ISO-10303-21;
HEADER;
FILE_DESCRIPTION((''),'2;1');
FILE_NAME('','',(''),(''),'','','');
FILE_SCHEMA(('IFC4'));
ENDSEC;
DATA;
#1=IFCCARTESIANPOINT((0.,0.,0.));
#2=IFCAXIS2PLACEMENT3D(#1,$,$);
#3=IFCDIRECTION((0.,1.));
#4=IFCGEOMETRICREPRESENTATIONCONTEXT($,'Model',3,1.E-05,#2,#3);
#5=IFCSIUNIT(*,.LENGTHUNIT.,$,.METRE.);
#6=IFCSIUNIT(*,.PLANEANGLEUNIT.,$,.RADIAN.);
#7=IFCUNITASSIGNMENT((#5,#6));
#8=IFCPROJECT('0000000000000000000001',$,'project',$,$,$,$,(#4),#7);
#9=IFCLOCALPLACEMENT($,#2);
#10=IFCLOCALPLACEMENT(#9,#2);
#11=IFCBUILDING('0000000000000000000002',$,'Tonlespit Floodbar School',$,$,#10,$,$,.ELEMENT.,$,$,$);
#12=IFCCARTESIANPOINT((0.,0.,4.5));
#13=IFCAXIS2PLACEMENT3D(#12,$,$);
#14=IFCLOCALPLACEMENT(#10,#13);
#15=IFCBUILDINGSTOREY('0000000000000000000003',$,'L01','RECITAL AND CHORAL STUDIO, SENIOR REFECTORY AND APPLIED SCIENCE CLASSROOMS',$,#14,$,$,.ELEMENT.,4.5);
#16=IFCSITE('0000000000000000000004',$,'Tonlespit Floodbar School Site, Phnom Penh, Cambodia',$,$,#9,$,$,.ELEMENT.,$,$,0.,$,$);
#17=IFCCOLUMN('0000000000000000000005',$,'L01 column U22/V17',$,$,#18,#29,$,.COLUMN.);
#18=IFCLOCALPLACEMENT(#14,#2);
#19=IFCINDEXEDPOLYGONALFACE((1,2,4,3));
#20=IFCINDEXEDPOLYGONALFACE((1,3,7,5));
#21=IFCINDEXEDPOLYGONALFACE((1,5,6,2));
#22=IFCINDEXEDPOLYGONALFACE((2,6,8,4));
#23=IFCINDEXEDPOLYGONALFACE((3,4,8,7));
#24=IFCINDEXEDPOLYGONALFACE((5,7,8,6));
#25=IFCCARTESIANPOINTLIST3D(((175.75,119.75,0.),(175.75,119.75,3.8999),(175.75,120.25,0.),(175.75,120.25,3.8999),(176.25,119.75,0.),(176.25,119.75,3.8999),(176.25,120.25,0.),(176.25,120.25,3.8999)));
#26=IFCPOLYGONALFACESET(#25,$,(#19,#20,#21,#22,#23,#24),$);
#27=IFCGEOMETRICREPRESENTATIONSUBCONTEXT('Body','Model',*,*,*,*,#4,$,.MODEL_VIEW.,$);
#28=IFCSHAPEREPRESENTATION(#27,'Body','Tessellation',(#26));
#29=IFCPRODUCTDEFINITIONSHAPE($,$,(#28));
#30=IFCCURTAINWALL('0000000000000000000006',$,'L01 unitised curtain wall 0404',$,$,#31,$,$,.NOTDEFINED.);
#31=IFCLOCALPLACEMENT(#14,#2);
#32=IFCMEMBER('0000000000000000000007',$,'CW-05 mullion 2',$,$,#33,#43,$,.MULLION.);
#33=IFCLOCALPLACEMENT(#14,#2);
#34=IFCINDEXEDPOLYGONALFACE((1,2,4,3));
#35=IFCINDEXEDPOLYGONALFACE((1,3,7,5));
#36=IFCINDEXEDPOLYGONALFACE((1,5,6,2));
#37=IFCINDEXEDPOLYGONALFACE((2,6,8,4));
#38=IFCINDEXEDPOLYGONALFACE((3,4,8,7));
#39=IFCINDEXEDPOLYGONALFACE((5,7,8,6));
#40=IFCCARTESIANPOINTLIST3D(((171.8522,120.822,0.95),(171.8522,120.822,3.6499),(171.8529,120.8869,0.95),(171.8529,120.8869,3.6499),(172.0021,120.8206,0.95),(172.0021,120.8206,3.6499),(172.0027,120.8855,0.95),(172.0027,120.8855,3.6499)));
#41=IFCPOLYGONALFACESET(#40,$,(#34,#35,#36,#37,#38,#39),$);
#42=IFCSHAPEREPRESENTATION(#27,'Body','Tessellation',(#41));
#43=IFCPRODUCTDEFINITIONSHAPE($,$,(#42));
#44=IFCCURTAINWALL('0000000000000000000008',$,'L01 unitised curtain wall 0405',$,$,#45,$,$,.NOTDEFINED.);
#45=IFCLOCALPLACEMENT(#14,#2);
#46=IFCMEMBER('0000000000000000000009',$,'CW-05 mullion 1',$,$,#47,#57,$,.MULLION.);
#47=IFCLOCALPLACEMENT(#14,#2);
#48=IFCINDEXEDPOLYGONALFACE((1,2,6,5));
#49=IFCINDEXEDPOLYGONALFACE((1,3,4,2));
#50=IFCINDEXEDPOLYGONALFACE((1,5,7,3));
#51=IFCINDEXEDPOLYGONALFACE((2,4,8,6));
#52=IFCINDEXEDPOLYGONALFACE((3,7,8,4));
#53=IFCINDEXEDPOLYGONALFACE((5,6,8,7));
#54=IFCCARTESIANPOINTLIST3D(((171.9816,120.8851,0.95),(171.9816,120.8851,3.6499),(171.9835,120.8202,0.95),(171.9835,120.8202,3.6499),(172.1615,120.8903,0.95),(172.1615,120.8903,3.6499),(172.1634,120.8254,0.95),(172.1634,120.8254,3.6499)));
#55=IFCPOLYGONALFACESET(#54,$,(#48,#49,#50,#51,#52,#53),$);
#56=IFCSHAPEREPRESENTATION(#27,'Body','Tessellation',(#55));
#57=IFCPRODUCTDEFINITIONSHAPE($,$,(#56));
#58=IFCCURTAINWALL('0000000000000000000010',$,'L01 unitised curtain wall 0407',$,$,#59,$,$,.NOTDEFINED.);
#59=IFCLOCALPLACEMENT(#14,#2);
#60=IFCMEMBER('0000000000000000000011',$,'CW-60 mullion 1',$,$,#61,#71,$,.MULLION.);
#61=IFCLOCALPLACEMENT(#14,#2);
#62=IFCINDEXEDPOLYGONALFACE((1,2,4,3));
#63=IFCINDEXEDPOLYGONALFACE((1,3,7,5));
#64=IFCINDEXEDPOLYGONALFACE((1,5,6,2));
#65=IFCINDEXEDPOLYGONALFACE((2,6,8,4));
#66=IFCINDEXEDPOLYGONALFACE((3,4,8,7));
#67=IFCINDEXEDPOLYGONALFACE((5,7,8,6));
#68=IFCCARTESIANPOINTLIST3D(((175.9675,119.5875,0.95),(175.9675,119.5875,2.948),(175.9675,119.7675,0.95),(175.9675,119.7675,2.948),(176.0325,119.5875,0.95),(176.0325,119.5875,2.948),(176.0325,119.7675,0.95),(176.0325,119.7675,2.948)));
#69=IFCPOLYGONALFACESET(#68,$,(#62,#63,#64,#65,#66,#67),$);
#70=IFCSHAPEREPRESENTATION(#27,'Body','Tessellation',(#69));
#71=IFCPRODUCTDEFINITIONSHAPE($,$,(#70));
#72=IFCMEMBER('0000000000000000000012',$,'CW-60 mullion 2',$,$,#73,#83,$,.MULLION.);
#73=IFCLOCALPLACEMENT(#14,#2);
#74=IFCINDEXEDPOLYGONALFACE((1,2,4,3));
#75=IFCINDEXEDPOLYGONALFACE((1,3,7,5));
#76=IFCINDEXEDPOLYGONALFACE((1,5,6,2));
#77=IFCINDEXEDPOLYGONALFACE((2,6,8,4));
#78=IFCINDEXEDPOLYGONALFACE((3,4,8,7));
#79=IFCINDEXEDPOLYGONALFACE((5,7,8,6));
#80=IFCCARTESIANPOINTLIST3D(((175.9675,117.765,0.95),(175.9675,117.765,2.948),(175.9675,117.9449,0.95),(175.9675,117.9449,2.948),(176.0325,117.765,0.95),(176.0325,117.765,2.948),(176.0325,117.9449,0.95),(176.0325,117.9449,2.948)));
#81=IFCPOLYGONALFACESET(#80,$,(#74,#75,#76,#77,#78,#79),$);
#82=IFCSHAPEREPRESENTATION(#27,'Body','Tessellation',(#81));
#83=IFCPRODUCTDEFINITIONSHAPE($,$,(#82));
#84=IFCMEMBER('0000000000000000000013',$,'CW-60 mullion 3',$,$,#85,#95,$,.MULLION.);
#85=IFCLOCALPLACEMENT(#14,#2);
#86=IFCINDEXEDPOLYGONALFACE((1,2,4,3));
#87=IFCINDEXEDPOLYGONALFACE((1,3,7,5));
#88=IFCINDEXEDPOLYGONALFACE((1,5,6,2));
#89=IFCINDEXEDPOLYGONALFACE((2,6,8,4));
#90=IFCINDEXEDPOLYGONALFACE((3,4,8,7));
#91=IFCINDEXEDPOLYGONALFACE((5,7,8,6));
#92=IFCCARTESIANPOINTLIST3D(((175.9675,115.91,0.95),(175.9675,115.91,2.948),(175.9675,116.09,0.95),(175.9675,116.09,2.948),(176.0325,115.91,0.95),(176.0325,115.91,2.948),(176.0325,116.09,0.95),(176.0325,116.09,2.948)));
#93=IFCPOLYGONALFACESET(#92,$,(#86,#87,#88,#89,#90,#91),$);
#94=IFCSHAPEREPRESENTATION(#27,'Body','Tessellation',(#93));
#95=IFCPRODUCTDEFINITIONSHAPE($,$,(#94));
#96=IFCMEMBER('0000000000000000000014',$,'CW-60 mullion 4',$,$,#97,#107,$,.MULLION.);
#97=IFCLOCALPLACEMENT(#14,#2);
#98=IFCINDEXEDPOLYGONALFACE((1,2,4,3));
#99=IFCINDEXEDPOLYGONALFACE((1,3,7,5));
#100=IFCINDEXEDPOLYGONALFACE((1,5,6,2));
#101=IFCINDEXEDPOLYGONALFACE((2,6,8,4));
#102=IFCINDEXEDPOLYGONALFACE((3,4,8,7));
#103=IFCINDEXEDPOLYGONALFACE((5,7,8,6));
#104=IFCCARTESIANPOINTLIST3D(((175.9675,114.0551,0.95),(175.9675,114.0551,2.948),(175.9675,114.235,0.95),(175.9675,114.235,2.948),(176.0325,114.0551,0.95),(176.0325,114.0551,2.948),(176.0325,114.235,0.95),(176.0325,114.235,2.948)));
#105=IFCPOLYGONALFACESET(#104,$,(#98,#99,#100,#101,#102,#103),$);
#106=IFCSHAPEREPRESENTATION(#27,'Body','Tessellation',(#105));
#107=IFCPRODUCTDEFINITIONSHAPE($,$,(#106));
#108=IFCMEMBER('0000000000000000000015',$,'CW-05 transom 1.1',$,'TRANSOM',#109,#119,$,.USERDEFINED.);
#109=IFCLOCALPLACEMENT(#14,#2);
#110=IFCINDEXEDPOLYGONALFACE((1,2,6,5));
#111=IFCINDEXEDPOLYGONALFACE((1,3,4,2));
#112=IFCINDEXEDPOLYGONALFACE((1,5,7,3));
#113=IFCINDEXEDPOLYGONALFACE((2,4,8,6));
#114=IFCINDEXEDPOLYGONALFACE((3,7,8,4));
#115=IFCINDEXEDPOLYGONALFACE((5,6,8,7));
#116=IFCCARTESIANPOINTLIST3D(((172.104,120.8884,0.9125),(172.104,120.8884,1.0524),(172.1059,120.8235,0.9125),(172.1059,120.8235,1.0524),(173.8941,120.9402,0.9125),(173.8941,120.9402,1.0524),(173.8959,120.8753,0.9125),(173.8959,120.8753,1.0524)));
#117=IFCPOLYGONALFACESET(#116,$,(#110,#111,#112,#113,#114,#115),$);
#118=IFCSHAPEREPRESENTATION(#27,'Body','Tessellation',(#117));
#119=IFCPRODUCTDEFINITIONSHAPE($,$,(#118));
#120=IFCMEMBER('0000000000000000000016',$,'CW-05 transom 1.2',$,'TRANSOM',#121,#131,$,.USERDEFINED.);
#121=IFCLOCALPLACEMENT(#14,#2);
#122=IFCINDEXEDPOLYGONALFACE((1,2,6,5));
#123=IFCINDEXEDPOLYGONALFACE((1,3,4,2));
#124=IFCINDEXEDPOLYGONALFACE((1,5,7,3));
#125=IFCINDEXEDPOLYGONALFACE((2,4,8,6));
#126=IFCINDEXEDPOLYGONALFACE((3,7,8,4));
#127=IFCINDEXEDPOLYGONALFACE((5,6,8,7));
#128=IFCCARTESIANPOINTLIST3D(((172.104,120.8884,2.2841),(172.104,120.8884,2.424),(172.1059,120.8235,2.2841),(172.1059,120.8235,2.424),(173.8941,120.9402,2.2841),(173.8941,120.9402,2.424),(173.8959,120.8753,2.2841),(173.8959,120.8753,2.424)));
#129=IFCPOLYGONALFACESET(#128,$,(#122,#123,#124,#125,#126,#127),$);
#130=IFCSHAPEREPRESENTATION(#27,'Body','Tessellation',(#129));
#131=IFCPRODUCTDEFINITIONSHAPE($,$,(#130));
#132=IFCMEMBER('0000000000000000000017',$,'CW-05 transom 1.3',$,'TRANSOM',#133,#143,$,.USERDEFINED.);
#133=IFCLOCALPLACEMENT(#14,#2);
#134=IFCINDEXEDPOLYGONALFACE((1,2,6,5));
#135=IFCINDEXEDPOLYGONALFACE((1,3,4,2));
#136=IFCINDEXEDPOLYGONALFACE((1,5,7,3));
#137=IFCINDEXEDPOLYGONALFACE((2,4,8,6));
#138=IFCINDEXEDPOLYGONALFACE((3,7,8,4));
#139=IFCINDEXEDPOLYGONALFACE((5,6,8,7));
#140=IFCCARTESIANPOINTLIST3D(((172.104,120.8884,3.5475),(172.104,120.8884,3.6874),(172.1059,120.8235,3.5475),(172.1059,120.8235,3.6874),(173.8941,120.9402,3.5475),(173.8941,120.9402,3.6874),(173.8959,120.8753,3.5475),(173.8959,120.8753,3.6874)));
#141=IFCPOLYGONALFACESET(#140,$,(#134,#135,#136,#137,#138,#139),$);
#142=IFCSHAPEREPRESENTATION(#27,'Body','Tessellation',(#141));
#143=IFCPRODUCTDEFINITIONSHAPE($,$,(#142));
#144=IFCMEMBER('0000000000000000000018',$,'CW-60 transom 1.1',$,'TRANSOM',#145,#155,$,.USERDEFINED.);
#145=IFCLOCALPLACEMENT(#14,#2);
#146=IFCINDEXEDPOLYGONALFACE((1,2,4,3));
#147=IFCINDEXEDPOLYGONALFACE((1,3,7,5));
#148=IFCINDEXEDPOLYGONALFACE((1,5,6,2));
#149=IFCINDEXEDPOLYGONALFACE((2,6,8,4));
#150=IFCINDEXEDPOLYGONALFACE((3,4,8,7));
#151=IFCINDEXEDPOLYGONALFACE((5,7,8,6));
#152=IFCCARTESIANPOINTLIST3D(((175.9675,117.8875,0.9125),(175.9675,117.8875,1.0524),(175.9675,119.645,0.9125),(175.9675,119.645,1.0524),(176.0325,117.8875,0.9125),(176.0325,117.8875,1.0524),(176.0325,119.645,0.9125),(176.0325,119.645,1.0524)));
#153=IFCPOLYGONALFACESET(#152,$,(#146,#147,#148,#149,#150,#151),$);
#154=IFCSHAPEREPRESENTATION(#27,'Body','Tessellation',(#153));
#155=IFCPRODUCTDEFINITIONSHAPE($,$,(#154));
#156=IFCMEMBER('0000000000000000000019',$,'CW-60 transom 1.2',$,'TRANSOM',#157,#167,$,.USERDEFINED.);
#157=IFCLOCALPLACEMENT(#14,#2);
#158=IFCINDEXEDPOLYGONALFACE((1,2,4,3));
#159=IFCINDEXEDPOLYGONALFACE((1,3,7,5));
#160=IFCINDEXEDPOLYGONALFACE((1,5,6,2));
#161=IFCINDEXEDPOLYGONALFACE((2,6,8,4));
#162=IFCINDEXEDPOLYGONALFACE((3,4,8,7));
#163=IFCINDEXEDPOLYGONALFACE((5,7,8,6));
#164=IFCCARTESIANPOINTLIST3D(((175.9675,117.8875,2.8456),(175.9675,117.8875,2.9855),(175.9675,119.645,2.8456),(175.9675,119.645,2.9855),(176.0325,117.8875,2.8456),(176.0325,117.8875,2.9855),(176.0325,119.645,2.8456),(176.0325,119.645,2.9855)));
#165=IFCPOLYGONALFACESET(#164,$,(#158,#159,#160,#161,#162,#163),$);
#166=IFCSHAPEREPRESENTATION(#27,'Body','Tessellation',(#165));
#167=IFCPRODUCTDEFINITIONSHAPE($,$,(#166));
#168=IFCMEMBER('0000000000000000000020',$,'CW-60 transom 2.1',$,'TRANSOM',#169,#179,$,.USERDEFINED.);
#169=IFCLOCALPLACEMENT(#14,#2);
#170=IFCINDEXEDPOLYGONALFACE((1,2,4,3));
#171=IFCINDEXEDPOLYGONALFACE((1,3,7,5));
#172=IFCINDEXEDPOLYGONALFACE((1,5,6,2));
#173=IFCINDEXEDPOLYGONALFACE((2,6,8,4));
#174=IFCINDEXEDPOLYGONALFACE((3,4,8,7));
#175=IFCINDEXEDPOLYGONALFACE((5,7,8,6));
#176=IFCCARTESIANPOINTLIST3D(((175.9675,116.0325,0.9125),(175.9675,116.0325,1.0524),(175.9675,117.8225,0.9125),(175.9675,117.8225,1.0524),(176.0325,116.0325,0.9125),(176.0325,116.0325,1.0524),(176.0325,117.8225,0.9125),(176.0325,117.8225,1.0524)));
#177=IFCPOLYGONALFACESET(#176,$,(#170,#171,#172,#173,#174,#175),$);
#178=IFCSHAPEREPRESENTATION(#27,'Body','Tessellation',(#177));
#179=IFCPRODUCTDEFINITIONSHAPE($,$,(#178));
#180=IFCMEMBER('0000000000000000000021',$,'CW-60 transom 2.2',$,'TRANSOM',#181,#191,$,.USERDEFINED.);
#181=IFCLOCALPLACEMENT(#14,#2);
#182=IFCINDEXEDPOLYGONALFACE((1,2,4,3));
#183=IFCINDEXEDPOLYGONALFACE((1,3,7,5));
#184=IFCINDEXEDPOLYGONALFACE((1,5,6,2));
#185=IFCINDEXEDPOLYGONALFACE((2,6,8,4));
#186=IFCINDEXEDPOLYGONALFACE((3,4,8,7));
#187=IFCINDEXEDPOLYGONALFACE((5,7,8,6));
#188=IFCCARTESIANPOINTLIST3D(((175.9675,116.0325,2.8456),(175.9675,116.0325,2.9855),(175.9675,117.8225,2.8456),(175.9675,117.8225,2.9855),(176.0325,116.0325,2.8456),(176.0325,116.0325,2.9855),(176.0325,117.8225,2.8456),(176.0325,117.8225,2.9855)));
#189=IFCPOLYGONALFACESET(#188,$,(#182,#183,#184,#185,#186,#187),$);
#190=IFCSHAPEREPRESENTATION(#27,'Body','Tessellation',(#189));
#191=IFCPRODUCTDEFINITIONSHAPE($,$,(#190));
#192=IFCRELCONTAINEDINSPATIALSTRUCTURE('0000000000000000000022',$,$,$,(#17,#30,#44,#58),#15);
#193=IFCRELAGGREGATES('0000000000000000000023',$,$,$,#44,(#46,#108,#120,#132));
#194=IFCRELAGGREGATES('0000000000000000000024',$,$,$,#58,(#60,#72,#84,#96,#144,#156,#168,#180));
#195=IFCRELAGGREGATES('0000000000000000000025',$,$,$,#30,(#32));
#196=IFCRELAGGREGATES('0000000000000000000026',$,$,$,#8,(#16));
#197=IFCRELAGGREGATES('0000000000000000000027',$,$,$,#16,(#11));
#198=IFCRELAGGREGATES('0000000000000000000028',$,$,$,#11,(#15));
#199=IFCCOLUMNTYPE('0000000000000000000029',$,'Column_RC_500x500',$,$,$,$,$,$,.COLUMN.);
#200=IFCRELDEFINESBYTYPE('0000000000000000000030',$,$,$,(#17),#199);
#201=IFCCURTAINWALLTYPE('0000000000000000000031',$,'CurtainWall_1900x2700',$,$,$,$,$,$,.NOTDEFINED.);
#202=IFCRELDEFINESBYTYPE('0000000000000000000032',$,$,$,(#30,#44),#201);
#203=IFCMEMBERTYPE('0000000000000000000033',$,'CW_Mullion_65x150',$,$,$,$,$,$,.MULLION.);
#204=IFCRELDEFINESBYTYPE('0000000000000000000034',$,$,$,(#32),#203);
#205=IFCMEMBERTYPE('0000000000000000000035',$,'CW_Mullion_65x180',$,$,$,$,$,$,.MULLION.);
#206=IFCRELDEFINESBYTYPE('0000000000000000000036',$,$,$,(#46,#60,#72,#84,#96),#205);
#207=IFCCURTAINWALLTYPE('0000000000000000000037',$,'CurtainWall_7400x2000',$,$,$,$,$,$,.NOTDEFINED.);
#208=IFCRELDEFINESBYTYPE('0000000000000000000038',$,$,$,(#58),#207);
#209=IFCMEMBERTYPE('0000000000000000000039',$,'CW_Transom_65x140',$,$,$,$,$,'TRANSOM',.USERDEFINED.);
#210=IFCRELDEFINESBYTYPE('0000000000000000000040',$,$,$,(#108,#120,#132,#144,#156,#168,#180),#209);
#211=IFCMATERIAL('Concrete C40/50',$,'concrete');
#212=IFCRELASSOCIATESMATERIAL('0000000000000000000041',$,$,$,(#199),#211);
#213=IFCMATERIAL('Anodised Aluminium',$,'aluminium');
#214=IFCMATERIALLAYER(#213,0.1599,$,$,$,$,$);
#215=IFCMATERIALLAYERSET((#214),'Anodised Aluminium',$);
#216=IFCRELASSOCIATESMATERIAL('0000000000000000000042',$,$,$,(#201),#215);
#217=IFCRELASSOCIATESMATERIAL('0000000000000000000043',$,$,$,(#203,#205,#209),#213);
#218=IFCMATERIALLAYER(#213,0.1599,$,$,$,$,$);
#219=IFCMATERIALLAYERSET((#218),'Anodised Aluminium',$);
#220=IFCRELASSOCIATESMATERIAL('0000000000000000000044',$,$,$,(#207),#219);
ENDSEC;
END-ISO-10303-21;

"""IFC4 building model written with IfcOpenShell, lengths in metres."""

from ifc_helpers import new_model, si_unit, direction, frame, origin, origin_2d, place, context, subcontext, project, spatial, rectangle, extrude, material, layer, layer_set, material_profile, profile_set, type_object, element, aggregate, save


model = new_model("IFC4")

# Units and contexts
model_context = context("Model", 3, precision=1e-05, world=origin(), true_north=direction((0.0, 1.0)))
body_context = subcontext(model_context, "Body", "Model", "MODEL_VIEW")
ifc_project = project(units=[si_unit("LENGTHUNIT", "METRE"), si_unit("PLANEANGLEUNIT", "RADIAN")], contexts=[model_context])

# Site, building, storey
site_placement = place(None, origin())
site = spatial("IfcSite", under=ifc_project, at=site_placement, Name="Tonlespit Floodbar School Site, Phnom Penh, Cambodia", CompositionType="ELEMENT", RefElevation=0.0)
building_placement = place(site_placement, origin())
building = spatial("IfcBuilding", under=site, at=building_placement, Name="Tonlespit Floodbar School", CompositionType="ELEMENT")
storey_placement = place(building_placement, frame((0.0, 0.0, 4.5)))
storey = spatial("IfcBuildingStorey", under=building, at=storey_placement, Name="L01", Description="RECITAL AND CHORAL STUDIO, SENIOR REFECTORY AND APPLIED SCIENCE CLASSROOMS", CompositionType="ELEMENT", Elevation=4.5)

# Column
ifc_material_1 = material(Name="Concrete C40/50", Category="concrete")
ifc_material_profile_1 = material_profile(ifc_material_1, rectangle(XDim=0.5, YDim=0.5, at=origin_2d()), Name="RC 500x500")
ifc_profile_set_1 = profile_set([ifc_material_profile_1], Name="Concrete C40/50")
column_type = type_object("IfcColumnType", Name="Column_RC_500x500", PredefinedType="COLUMN", material=ifc_profile_set_1)
column_placement = place(storey_placement, frame((176.0, 120.0, 0.0), z_axis=(0.0, 0.0, 1.0), x_axis=(1.0, 0.0, 0.0)))
element("IfcColumn", 1, at=column_placement, inside=storey, type_object=column_type, Name="L01 column U22/V17", PredefinedType="COLUMN", context=body_context, shape_type="SweptSolid", body=[
    extrude(rectangle(XDim=0.5, YDim=0.5, at=origin_2d()), origin(), (0.0, 0.0, 1.0), 3.8999),
])

# Curtain walls, members
ifc_material_2 = material(Name="Anodised Aluminium", Category="aluminium")
ifc_layer_1 = layer(ifc_material_2, 0.1599)
ifc_layer_set_1 = layer_set([ifc_layer_1], Name="Anodised Aluminium")
curtain_wall_type_1 = type_object("IfcCurtainWallType", Name="CurtainWall_1900x2700", PredefinedType="NOTDEFINED", material=ifc_layer_set_1)
curtain_wall_1_placement = place(storey_placement, origin())
curtain_wall_1 = element("IfcCurtainWall", 2, at=curtain_wall_1_placement, inside=storey, type_object=curtain_wall_type_1, Name="L01 unitised curtain wall 0404", PredefinedType="NOTDEFINED")
ifc_material_profile_2 = material_profile(ifc_material_2, rectangle(XDim=0.0649, YDim=0.1499, at=origin_2d()), Name="ALU M65x150")
ifc_profile_set_2 = profile_set([ifc_material_profile_2], Name="Anodised Aluminium")
member_type_1 = type_object("IfcMemberType", Name="CW_Mullion_65x150", PredefinedType="MULLION", material=ifc_profile_set_2)
member_1_placement = place(storey_placement, frame((171.9275, 120.8538, 0.95), z_axis=(0.0, 0.0, 1.0), x_axis=(0.009583, 0.999954, 0.0)))
member_1 = element("IfcMember", 3, at=member_1_placement, type_object=member_type_1, Name="CW-05 mullion 2", PredefinedType="MULLION", context=body_context, shape_type="SweptSolid", body=[
    extrude(rectangle(XDim=0.0649, YDim=0.1499, at=origin_2d()), origin(), (0.0, 0.0, 1.0), 2.7),
])
curtain_wall_2_placement = place(storey_placement, origin())
curtain_wall_2 = element("IfcCurtainWall", 4, at=curtain_wall_2_placement, inside=storey, type_object=curtain_wall_type_1, Name="L01 unitised curtain wall 0405", PredefinedType="NOTDEFINED")
ifc_material_profile_3 = material_profile(ifc_material_2, rectangle(XDim=0.0649, YDim=0.1799, at=origin_2d()), Name="ALU M65x180")
ifc_profile_set_3 = profile_set([ifc_material_profile_3], Name="Anodised Aluminium")
member_type_2 = type_object("IfcMemberType", Name="CW_Mullion_65x180", PredefinedType="MULLION", material=ifc_profile_set_3)
member_2_placement = place(storey_placement, frame((172.0725, 120.8552, 0.95), z_axis=(0.0, 0.0, 1.0), x_axis=(-0.02879, 0.999585, 0.0)))
member_2 = element("IfcMember", 5, at=member_2_placement, type_object=member_type_2, Name="CW-05 mullion 1", PredefinedType="MULLION", context=body_context, shape_type="SweptSolid", body=[
    extrude(rectangle(XDim=0.0649, YDim=0.1799, at=origin_2d()), origin(), (0.0, 0.0, 1.0), 2.7),
])

# Curtain wall, members
ifc_layer_2 = layer(ifc_material_2, 0.1599)
ifc_layer_set_2 = layer_set([ifc_layer_2], Name="Anodised Aluminium")
curtain_wall_type_2 = type_object("IfcCurtainWallType", Name="CurtainWall_7400x2000", PredefinedType="NOTDEFINED", material=ifc_layer_set_2)
curtain_wall_3_placement = place(storey_placement, origin())
curtain_wall_3 = element("IfcCurtainWall", 6, at=curtain_wall_3_placement, inside=storey, type_object=curtain_wall_type_2, Name="L01 unitised curtain wall 0407", PredefinedType="NOTDEFINED")
member_3_placement = place(storey_placement, frame((176.0, 119.6775, 0.95), z_axis=(0.0, 0.0, 1.0), x_axis=(1.0, 0.0, 0.0)))
member_3 = element("IfcMember", 7, at=member_3_placement, type_object=member_type_2, Name="CW-60 mullion 1", PredefinedType="MULLION", context=body_context, shape_type="SweptSolid", body=[
    extrude(rectangle(XDim=0.0649, YDim=0.1799, at=origin_2d()), origin(), (0.0, 0.0, 1.0), 1.998),
])
member_4_placement = place(storey_placement, frame((176.0, 117.855, 0.95), z_axis=(0.0, 0.0, 1.0), x_axis=(1.0, 0.0, 0.0)))
member_4 = element("IfcMember", 8, at=member_4_placement, type_object=member_type_2, Name="CW-60 mullion 2", PredefinedType="MULLION", context=body_context, shape_type="SweptSolid", body=[
    extrude(rectangle(XDim=0.0649, YDim=0.1799, at=origin_2d()), origin(), (0.0, 0.0, 1.0), 1.998),
])
member_5_placement = place(storey_placement, frame((176.0, 116.0, 0.95), z_axis=(0.0, 0.0, 1.0), x_axis=(1.0, 0.0, 0.0)))
member_5 = element("IfcMember", 9, at=member_5_placement, type_object=member_type_2, Name="CW-60 mullion 3", PredefinedType="MULLION", context=body_context, shape_type="SweptSolid", body=[
    extrude(rectangle(XDim=0.0649, YDim=0.1799, at=origin_2d()), origin(), (0.0, 0.0, 1.0), 1.998),
])
member_6_placement = place(storey_placement, frame((176.0, 114.145, 0.95), z_axis=(0.0, 0.0, 1.0), x_axis=(1.0, 0.0, 0.0)))
member_6 = element("IfcMember", 10, at=member_6_placement, type_object=member_type_2, Name="CW-60 mullion 4", PredefinedType="MULLION", context=body_context, shape_type="SweptSolid", body=[
    extrude(rectangle(XDim=0.0649, YDim=0.1799, at=origin_2d()), origin(), (0.0, 0.0, 1.0), 1.998),
])

# Members
ifc_material_profile_4 = material_profile(ifc_material_2, rectangle(XDim=0.0649, YDim=0.1399, at=origin_2d()), Name="ALU T65x140")
ifc_profile_set_4 = profile_set([ifc_material_profile_4], Name="Anodised Aluminium")
member_type_3 = type_object("IfcMemberType", Name="CW_Transom_65x140", ElementType="TRANSOM", PredefinedType="USERDEFINED", material=ifc_profile_set_4)
member_7_placement = place(storey_placement, frame((172.105, 120.856, 0.9824), z_axis=(0.999582, 0.028902, 0.0), x_axis=(-0.028902, 0.999582, 0.0)))
member_7 = element("IfcMember", 11, at=member_7_placement, type_object=member_type_3, Name="CW-05 transom 1.1", ObjectType="TRANSOM", PredefinedType="USERDEFINED", context=body_context, shape_type="SweptSolid", body=[
    extrude(rectangle(XDim=0.0649, YDim=0.1399, at=origin_2d()), origin(), (0.0, 0.0, 1.0), 1.7908),
])
member_8_placement = place(storey_placement, frame((172.105, 120.856, 2.354), z_axis=(0.999582, 0.028902, 0.0), x_axis=(-0.028902, 0.999582, 0.0)))
member_8 = element("IfcMember", 12, at=member_8_placement, type_object=member_type_3, Name="CW-05 transom 1.2", ObjectType="TRANSOM", PredefinedType="USERDEFINED", context=body_context, shape_type="SweptSolid", body=[
    extrude(rectangle(XDim=0.0649, YDim=0.1399, at=origin_2d()), origin(), (0.0, 0.0, 1.0), 1.7908),
])
member_9_placement = place(storey_placement, frame((172.105, 120.856, 3.6174), z_axis=(0.999582, 0.028902, 0.0), x_axis=(-0.028902, 0.999582, 0.0)))
member_9 = element("IfcMember", 13, at=member_9_placement, type_object=member_type_3, Name="CW-05 transom 1.3", ObjectType="TRANSOM", PredefinedType="USERDEFINED", context=body_context, shape_type="SweptSolid", body=[
    extrude(rectangle(XDim=0.0649, YDim=0.1399, at=origin_2d()), origin(), (0.0, 0.0, 1.0), 1.7908),
])
member_10_placement = place(storey_placement, frame((176.0, 119.645, 0.9824), z_axis=(0.0, -1.0, 0.0), x_axis=(1.0, 0.0, 0.0)))
member_10 = element("IfcMember", 14, at=member_10_placement, type_object=member_type_3, Name="CW-60 transom 1.1", ObjectType="TRANSOM", PredefinedType="USERDEFINED", context=body_context, shape_type="SweptSolid", body=[
    extrude(rectangle(XDim=0.0649, YDim=0.1399, at=origin_2d()), origin(), (0.0, 0.0, 1.0), 1.7576),
])
member_11_placement = place(storey_placement, frame((176.0, 119.645, 2.9155), z_axis=(0.0, -1.0, 0.0), x_axis=(1.0, 0.0, 0.0)))
member_11 = element("IfcMember", 15, at=member_11_placement, type_object=member_type_3, Name="CW-60 transom 1.2", ObjectType="TRANSOM", PredefinedType="USERDEFINED", context=body_context, shape_type="SweptSolid", body=[
    extrude(rectangle(XDim=0.0649, YDim=0.1399, at=origin_2d()), origin(), (0.0, 0.0, 1.0), 1.7576),
])
member_12_placement = place(storey_placement, frame((176.0, 117.8225, 0.9824), z_axis=(0.0, -1.0, 0.0), x_axis=(1.0, 0.0, 0.0)))
member_12 = element("IfcMember", 16, at=member_12_placement, type_object=member_type_3, Name="CW-60 transom 2.1", ObjectType="TRANSOM", PredefinedType="USERDEFINED", context=body_context, shape_type="SweptSolid", body=[
    extrude(rectangle(XDim=0.0649, YDim=0.1399, at=origin_2d()), origin(), (0.0, 0.0, 1.0), 1.79),
])
member_13_placement = place(storey_placement, frame((176.0, 117.8225, 2.9155), z_axis=(0.0, -1.0, 0.0), x_axis=(1.0, 0.0, 0.0)))
member_13 = element("IfcMember", 17, at=member_13_placement, type_object=member_type_3, Name="CW-60 transom 2.2", ObjectType="TRANSOM", PredefinedType="USERDEFINED", context=body_context, shape_type="SweptSolid", body=[
    extrude(rectangle(XDim=0.0649, YDim=0.1399, at=origin_2d()), origin(), (0.0, 0.0, 1.0), 1.79),
])

aggregate(curtain_wall_2, [member_2, member_7, member_8, member_9])
aggregate(curtain_wall_3, [member_3, member_4, member_5, member_6, member_10, member_11, member_12, member_13])
aggregate(curtain_wall_1, [member_1])

save(model, "model.ifc")
